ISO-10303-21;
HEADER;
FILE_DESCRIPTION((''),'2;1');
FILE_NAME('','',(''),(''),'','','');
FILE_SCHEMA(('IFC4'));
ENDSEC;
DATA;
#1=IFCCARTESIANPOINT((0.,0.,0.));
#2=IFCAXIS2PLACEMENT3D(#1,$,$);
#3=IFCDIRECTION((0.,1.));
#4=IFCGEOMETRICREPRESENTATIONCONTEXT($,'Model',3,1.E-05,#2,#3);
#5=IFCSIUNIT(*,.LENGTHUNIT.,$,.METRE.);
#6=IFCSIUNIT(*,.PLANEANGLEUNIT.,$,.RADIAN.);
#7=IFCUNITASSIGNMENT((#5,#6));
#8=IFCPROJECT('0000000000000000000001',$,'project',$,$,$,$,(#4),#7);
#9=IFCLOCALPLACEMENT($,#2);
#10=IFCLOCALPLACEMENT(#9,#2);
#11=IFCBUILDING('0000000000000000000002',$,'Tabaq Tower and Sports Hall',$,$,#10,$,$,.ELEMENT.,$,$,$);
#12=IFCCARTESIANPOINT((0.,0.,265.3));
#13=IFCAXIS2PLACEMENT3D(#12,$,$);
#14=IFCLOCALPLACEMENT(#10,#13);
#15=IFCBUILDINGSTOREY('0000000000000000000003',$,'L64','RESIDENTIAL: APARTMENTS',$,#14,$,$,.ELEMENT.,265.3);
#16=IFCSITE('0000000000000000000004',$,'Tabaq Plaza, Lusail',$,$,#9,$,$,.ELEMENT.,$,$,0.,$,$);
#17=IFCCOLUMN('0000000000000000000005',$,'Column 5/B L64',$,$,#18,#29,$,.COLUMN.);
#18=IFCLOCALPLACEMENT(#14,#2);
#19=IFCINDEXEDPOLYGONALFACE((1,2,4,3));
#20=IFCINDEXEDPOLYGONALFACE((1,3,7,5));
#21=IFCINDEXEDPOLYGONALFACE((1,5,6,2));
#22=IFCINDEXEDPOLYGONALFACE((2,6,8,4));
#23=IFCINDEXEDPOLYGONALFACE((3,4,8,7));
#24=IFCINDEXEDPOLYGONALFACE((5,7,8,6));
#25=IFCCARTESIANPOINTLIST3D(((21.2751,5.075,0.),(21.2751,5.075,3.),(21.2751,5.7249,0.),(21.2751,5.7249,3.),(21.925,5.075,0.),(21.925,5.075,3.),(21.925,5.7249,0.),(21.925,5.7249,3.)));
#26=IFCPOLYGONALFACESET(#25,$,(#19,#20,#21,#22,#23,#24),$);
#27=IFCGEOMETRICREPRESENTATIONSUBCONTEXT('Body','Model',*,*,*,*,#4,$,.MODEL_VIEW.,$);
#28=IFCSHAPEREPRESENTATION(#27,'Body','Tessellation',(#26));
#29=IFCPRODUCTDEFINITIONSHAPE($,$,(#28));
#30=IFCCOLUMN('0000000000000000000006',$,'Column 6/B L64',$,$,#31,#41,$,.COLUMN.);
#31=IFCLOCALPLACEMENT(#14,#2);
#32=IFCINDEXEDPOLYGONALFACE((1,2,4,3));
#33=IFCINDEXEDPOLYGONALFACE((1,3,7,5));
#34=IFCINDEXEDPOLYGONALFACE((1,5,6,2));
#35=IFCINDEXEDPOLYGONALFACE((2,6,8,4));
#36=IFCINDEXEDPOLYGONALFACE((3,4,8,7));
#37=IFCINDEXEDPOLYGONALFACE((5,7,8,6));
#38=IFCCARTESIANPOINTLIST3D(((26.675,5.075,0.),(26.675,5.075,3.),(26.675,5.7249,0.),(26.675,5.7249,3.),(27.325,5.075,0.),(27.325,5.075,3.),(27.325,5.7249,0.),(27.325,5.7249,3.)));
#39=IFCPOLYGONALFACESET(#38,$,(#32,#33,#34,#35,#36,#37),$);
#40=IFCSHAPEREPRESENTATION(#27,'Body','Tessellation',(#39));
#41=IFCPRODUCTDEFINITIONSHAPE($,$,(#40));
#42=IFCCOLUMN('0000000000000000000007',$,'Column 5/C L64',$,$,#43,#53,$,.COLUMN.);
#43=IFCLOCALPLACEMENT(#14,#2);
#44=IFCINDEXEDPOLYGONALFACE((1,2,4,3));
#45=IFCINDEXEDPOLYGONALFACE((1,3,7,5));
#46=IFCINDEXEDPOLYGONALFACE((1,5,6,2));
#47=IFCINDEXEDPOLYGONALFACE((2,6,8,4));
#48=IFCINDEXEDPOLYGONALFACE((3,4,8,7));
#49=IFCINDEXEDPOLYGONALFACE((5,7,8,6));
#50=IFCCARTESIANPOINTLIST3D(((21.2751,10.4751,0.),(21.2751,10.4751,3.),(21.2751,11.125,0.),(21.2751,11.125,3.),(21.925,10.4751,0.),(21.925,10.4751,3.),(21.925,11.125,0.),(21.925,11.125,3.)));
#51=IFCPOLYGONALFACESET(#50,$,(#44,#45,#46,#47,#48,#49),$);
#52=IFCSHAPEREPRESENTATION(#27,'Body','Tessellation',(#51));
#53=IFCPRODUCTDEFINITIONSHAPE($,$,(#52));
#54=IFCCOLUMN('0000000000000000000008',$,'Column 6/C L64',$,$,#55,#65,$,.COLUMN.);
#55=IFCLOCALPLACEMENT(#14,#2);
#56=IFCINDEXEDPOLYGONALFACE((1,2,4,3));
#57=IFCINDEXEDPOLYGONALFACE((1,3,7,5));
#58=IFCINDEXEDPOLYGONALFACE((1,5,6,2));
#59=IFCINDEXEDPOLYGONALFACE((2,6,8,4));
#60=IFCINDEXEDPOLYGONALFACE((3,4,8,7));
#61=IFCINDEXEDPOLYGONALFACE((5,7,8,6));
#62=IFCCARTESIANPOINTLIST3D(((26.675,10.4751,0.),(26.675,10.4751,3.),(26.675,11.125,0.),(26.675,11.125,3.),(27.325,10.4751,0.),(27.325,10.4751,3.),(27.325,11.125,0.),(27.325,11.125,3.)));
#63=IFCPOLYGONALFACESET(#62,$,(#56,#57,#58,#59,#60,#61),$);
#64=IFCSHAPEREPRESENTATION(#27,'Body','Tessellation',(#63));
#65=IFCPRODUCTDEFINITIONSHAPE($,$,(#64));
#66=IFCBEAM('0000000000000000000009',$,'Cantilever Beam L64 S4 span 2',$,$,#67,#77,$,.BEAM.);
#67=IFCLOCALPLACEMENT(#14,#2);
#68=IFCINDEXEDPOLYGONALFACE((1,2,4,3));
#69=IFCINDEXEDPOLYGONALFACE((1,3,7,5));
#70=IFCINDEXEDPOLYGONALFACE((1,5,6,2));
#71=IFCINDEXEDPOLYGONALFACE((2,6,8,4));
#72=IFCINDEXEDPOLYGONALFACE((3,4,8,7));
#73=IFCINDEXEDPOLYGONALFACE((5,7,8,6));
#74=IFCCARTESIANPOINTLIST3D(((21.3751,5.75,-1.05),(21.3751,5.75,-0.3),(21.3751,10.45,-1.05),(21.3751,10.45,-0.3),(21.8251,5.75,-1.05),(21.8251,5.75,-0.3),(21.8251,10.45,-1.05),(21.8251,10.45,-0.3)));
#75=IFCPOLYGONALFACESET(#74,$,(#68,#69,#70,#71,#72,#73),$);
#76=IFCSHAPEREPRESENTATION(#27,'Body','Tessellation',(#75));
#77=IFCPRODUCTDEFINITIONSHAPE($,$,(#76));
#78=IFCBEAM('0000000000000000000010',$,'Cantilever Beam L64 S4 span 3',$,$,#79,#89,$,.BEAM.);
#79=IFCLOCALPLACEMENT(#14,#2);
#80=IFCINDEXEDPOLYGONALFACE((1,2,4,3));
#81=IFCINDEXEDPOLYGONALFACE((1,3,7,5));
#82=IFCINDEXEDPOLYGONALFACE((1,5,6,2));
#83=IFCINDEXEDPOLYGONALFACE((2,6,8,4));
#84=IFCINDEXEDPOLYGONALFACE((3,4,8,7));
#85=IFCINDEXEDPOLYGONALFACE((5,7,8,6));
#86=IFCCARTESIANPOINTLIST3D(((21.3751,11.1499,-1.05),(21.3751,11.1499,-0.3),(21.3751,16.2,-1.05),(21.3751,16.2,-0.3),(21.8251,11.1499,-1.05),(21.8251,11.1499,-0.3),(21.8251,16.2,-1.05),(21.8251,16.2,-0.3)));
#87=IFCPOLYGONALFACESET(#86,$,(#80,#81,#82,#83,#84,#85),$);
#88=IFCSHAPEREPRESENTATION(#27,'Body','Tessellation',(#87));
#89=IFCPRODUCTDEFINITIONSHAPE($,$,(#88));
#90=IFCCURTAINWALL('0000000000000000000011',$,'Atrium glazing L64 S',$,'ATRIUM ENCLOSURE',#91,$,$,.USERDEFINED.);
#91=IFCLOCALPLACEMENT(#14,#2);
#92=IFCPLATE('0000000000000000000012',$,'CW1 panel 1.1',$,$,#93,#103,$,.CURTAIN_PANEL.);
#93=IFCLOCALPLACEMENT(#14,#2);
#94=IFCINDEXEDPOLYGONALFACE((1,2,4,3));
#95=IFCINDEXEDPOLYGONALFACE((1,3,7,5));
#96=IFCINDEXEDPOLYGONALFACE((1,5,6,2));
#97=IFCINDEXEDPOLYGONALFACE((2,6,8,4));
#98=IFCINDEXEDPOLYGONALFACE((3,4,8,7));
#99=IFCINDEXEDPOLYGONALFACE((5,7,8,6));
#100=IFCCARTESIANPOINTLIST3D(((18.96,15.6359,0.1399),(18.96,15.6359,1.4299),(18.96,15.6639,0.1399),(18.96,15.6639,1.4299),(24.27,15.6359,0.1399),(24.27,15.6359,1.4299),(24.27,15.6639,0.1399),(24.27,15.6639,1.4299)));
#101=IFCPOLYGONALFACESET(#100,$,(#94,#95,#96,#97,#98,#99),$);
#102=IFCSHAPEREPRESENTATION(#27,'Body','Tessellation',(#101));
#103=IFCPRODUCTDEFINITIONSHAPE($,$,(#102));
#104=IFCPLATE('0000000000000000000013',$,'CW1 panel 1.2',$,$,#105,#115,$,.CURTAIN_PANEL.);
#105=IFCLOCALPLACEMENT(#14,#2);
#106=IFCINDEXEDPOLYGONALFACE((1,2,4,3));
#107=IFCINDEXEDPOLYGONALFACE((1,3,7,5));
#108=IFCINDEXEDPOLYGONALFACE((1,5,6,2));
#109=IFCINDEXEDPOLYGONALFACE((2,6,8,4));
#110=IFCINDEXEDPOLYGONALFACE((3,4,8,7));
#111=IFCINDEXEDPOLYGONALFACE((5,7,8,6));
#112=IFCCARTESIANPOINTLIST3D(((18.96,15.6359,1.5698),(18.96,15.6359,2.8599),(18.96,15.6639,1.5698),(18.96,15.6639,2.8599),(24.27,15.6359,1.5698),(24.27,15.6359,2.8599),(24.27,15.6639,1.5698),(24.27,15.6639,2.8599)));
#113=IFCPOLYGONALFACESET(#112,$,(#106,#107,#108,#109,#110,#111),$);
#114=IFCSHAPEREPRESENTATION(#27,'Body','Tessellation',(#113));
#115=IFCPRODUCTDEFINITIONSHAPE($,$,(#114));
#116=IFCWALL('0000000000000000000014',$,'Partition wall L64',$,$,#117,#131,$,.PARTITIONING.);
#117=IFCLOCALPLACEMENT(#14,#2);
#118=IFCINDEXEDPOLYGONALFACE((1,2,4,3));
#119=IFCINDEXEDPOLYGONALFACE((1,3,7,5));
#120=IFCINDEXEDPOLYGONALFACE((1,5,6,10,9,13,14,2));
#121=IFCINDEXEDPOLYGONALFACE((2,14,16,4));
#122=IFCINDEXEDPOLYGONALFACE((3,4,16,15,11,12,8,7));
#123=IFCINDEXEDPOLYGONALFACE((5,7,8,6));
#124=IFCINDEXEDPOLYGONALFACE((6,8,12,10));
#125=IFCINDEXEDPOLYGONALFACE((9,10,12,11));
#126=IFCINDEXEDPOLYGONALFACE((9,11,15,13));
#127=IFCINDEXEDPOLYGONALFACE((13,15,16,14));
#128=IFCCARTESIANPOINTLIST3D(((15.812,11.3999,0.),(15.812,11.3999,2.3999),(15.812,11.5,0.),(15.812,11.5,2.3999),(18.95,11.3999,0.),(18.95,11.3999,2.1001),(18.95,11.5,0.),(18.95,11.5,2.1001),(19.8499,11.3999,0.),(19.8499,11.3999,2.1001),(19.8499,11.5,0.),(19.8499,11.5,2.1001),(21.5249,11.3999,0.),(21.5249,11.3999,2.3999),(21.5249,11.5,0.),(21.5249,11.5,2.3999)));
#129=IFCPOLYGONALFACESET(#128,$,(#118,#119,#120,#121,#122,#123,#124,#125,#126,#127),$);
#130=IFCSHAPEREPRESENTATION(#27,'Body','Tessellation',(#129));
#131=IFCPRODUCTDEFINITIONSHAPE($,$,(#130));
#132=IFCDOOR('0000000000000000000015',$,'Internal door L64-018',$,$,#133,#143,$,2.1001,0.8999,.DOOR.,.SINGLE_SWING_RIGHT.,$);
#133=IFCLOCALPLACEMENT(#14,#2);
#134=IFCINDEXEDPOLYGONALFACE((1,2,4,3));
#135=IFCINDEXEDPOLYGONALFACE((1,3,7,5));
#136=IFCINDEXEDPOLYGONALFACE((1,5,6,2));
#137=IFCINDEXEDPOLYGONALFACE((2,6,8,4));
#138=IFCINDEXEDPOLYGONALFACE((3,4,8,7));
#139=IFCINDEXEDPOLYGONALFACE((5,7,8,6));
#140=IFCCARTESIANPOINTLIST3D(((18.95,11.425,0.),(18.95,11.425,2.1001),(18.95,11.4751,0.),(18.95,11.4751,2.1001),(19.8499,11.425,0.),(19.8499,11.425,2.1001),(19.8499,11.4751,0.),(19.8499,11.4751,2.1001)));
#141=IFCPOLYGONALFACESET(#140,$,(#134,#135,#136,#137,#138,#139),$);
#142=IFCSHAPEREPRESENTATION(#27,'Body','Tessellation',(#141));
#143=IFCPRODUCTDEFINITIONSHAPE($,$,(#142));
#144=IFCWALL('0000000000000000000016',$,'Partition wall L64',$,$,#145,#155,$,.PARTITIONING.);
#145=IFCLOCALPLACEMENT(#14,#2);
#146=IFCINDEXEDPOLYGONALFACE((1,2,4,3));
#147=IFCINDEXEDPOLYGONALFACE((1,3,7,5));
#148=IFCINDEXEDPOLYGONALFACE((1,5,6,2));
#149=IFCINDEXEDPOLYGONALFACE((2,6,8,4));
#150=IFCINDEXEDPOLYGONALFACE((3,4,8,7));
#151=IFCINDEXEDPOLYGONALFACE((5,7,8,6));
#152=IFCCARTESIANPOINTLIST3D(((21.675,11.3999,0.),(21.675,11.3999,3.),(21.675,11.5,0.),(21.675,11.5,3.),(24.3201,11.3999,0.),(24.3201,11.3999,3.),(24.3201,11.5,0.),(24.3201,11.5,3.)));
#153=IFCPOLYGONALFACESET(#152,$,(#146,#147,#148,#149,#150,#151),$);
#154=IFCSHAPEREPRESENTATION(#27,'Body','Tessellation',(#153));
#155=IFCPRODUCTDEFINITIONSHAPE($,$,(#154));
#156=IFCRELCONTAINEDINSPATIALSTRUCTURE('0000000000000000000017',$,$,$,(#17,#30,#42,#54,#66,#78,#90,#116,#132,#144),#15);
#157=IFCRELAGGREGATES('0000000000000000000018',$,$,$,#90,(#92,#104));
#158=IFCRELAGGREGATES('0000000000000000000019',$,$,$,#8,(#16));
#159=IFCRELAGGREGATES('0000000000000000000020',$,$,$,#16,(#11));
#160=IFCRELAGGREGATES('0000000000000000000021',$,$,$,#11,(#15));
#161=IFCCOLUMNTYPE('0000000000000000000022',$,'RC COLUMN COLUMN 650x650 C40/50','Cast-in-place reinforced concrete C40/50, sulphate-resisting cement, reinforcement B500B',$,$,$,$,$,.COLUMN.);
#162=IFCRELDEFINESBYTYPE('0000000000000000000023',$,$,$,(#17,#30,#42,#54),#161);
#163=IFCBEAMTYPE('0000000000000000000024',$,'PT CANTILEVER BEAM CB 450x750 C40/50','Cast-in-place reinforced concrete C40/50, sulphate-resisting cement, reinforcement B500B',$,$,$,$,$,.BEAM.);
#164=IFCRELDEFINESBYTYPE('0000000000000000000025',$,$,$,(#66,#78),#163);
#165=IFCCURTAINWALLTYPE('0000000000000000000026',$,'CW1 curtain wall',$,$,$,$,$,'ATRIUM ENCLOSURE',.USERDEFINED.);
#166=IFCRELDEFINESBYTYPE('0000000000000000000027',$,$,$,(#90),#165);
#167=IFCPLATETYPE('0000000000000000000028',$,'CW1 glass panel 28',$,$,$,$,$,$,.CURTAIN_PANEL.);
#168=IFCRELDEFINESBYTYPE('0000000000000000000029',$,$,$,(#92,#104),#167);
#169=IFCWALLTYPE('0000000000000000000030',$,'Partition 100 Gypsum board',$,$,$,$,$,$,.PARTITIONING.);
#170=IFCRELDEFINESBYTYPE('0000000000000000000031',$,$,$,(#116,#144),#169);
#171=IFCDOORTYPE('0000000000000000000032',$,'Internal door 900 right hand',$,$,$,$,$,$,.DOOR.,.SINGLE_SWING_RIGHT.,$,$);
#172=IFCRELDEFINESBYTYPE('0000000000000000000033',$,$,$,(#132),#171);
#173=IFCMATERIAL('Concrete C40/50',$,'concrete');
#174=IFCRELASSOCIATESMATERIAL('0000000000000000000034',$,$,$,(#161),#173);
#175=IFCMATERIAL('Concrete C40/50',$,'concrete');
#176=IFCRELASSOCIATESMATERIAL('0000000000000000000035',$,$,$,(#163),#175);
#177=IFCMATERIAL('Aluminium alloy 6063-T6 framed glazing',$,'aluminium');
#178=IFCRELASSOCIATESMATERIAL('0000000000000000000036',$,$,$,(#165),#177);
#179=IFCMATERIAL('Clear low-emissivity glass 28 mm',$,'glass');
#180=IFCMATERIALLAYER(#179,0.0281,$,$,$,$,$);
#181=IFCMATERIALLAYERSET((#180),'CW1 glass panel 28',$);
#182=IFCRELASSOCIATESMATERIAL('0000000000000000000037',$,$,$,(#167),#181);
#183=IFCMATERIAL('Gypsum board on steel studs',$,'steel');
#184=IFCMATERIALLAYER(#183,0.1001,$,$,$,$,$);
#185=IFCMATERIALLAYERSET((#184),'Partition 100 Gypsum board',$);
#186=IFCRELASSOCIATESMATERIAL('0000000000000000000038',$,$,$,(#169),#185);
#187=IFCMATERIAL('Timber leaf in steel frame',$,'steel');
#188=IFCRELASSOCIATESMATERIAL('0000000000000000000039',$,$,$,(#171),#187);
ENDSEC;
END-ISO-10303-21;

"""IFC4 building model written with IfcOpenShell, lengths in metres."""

from ifc_helpers import new_model, si_unit, direction, frame, frame_2d, origin, origin_2d, place, context, subcontext, project, spatial, rectangle, extrude, material, layer, layer_set, material_profile, profile_set, type_object, element, fill, aggregate, save


model = new_model("IFC4")

# Units and contexts
model_context = context("Model", 3, precision=1e-05, world=origin(), true_north=direction((0.0, 1.0)))
body_context = subcontext(model_context, "Body", "Model", "MODEL_VIEW")
ifc_project = project(units=[si_unit("LENGTHUNIT", "METRE"), si_unit("PLANEANGLEUNIT", "RADIAN")], contexts=[model_context])

# Site, building, storey
site_placement = place(None, origin())
site = spatial("IfcSite", under=ifc_project, at=site_placement, Name="Tabaq Plaza, Lusail", CompositionType="ELEMENT", RefElevation=0.0)
building_placement = place(site_placement, origin())
building = spatial("IfcBuilding", under=site, at=building_placement, Name="Tabaq Tower and Sports Hall", CompositionType="ELEMENT")
storey_placement = place(building_placement, frame((0.0, 0.0, 265.3)))
storey = spatial("IfcBuildingStorey", under=building, at=storey_placement, Name="L64", Description="RESIDENTIAL: APARTMENTS", CompositionType="ELEMENT", Elevation=265.3)

# Columns
ifc_material_1 = material(Name="Concrete C40/50", Category="concrete")
ifc_material_profile_1 = material_profile(ifc_material_1, rectangle(XDim=0.6499, YDim=0.6499, at=origin_2d()), Name="COLUMN 650x650")
ifc_profile_set_1 = profile_set([ifc_material_profile_1], Name="Concrete C40/50")
column_type = type_object("IfcColumnType", Name="RC COLUMN COLUMN 650x650 C40/50", Description="Cast-in-place reinforced concrete C40/50, sulphate-resisting cement, reinforcement B500B", PredefinedType="COLUMN", material=ifc_profile_set_1)
for number, where, z_axis, x_axis, name in (
    (1, (21.6001, 5.3999, 0.0), (0.0, 0.0, 1.0), (1.0, 0.0, 0.0), "Column 5/B L64"),
    (2, (27.0, 5.3999, 0.0), (0.0, 0.0, 1.0), (1.0, 0.0, 0.0), "Column 6/B L64"),
    (3, (21.6001, 10.8, 0.0), (0.0, 0.0, 1.0), (1.0, 0.0, 0.0), "Column 5/C L64"),
    (4, (27.0, 10.8, 0.0), (0.0, 0.0, 1.0), (1.0, 0.0, 0.0), "Column 6/C L64"),
):
    element("IfcColumn", number, at=place(storey_placement, frame(where, z_axis=z_axis, x_axis=x_axis)), inside=storey, type_object=column_type, Name=name, PredefinedType="COLUMN", context=body_context, shape_type="SweptSolid", body=[
        extrude(rectangle(XDim=0.6499, YDim=0.6499, at=origin_2d()), origin(), (0.0, 0.0, 1.0), 3.0),
    ])

# Beams
ifc_material_2 = material(Name="Concrete C40/50", Category="concrete")
ifc_material_profile_2 = material_profile(ifc_material_2, rectangle(XDim=0.45, YDim=0.75, at=origin_2d()), Name="CB 450x750")
ifc_profile_set_2 = profile_set([ifc_material_profile_2], Name="Concrete C40/50")
beam_type = type_object("IfcBeamType", Name="PT CANTILEVER BEAM CB 450x750 C40/50", Description="Cast-in-place reinforced concrete C40/50, sulphate-resisting cement, reinforcement B500B", PredefinedType="BEAM", material=ifc_profile_set_2)
beam_1_placement = place(storey_placement, frame((21.6001, 5.75, -0.675), z_axis=(0.0, 1.0, 0.0), x_axis=(-1.0, 0.0, 0.0)))
element("IfcBeam", 5, at=beam_1_placement, inside=storey, type_object=beam_type, Name="Cantilever Beam L64 S4 span 2", PredefinedType="BEAM", context=body_context, shape_type="SweptSolid", body=[
    extrude(rectangle(XDim=0.45, YDim=0.75, at=origin_2d()), origin(), (0.0, 0.0, 1.0), 4.7),
])
beam_2_placement = place(storey_placement, frame((21.6001, 11.1499, -0.675), z_axis=(0.0, 1.0, 0.0), x_axis=(-1.0, 0.0, 0.0)))
element("IfcBeam", 6, at=beam_2_placement, inside=storey, type_object=beam_type, Name="Cantilever Beam L64 S4 span 3", PredefinedType="BEAM", context=body_context, shape_type="SweptSolid", body=[
    extrude(rectangle(XDim=0.45, YDim=0.75, at=origin_2d()), origin(), (0.0, 0.0, 1.0), 5.05),
])

# Curtain wall, plates
ifc_material_3 = material(Name="Aluminium alloy 6063-T6 framed glazing", Category="aluminium")
curtain_wall_type = type_object("IfcCurtainWallType", Name="CW1 curtain wall", ElementType="ATRIUM ENCLOSURE", PredefinedType="USERDEFINED", material=ifc_material_3)
curtain_wall_placement = place(storey_placement, origin())
curtain_wall = element("IfcCurtainWall", 7, at=curtain_wall_placement, inside=storey, type_object=curtain_wall_type, Name="Atrium glazing L64 S", ObjectType="ATRIUM ENCLOSURE", PredefinedType="USERDEFINED")
ifc_material_4 = material(Name="Clear low-emissivity glass 28 mm", Category="glass")
ifc_layer_1 = layer(ifc_material_4, 0.0281)
ifc_layer_set_1 = layer_set([ifc_layer_1], Name="CW1 glass panel 28")
plate_type = type_object("IfcPlateType", Name="CW1 glass panel 28", PredefinedType="CURTAIN_PANEL", material=ifc_layer_set_1)
plate_1_placement = place(storey_placement, frame((21.615, 15.6499, 0.1399), z_axis=(0.0, 0.0, 1.0), x_axis=(1.0, 0.0, 0.0)))
plate_1 = element("IfcPlate", 8, at=plate_1_placement, type_object=plate_type, Name="CW1 panel 1.1", PredefinedType="CURTAIN_PANEL", context=body_context, shape_type="SweptSolid", body=[
    extrude(rectangle(XDim=5.3101, YDim=0.0281, at=origin_2d()), origin(), (0.0, 0.0, 1.0), 1.29),
])
plate_2_placement = place(storey_placement, frame((21.615, 15.6499, 1.5698), z_axis=(0.0, 0.0, 1.0), x_axis=(1.0, 0.0, 0.0)))
plate_2 = element("IfcPlate", 9, at=plate_2_placement, type_object=plate_type, Name="CW1 panel 1.2", PredefinedType="CURTAIN_PANEL", context=body_context, shape_type="SweptSolid", body=[
    extrude(rectangle(XDim=5.3101, YDim=0.0281, at=origin_2d()), origin(), (0.0, 0.0, 1.0), 1.29),
])
aggregate(curtain_wall, [plate_1, plate_2])

# Wall, opening, door
ifc_material_5 = material(Name="Gypsum board on steel studs", Category="steel")
ifc_layer_2 = layer(ifc_material_5, 0.1001)
ifc_layer_set_2 = layer_set([ifc_layer_2], Name="Partition 100 Gypsum board")
wall_type_1 = type_object("IfcWallType", Name="Partition 100 Gypsum board", PredefinedType="PARTITIONING", material=ifc_layer_set_2)
wall_1_placement = place(storey_placement, frame((21.5249, 11.45, 0.0), z_axis=(0.0, 0.0, 1.0), x_axis=(-1.0, 0.0, 0.0)))
wall_1 = element("IfcWall", 10, at=wall_1_placement, inside=storey, type_object=wall_type_1, Name="Partition wall L64", PredefinedType="PARTITIONING", context=body_context, shape_type="SweptSolid", body=[
    extrude(rectangle(XDim=5.7129, YDim=0.1001, at=frame_2d((2.8564, 0.0))), origin(), (0.0, 0.0, 1.0), 2.3999),
])
opening_1_placement = place(wall_1_placement, frame((1.675, 0.0, 0.0)))
opening_1 = element("IfcOpeningElement", 11, at=opening_1_placement, cuts=wall_1, PredefinedType="OPENING", context=body_context, shape_type="SweptSolid", body=[
    extrude(rectangle(XDim=0.8999, YDim=2.1001, at=frame_2d((0.45, 1.05))), frame((0.0, 0.05, 0.0), z_axis=(0.0, -1.0, 0.0), x_axis=(1.0, 0.0, 0.0)), (0.0, 0.0, 1.0), 0.1001),
])
ifc_material_6 = material(Name="Timber leaf in steel frame", Category="steel")
door_type_1 = type_object("IfcDoorType", Name="Internal door 900 right hand", OperationType="SINGLE_SWING_RIGHT", PredefinedType="DOOR", material=ifc_material_6)
door_1_placement = place(opening_1_placement, origin())
door_1 = element("IfcDoor", 12, at=door_1_placement, inside=storey, type_object=door_type_1, Name="Internal door L64-018", OperationType="SINGLE_SWING_RIGHT", OverallHeight=2.1001, OverallWidth=0.8999, PredefinedType="DOOR", context=body_context, shape_type="SweptSolid", body=[
    extrude(rectangle(XDim=0.8999, YDim=2.1001, at=frame_2d((0.45, 1.05))), frame((0.0, 0.0249, 0.0), z_axis=(0.0, -1.0, 0.0), x_axis=(1.0, 0.0, 0.0)), (0.0, 0.0, 1.0), 0.05),
])
fill(opening_1, door_1)

# Wall
wall_2_placement = place(storey_placement, frame((24.3201, 11.45, 0.0), z_axis=(0.0, 0.0, 1.0), x_axis=(-1.0, 0.0, 0.0)))
element("IfcWall", 13, at=wall_2_placement, inside=storey, type_object=wall_type_1, Name="Partition wall L64", PredefinedType="PARTITIONING", context=body_context, shape_type="SweptSolid", body=[
    extrude(rectangle(XDim=2.645, YDim=0.1001, at=frame_2d((1.3225, 0.0))), origin(), (0.0, 0.0, 1.0), 3.0),
])

save(model, "model.ifc")
